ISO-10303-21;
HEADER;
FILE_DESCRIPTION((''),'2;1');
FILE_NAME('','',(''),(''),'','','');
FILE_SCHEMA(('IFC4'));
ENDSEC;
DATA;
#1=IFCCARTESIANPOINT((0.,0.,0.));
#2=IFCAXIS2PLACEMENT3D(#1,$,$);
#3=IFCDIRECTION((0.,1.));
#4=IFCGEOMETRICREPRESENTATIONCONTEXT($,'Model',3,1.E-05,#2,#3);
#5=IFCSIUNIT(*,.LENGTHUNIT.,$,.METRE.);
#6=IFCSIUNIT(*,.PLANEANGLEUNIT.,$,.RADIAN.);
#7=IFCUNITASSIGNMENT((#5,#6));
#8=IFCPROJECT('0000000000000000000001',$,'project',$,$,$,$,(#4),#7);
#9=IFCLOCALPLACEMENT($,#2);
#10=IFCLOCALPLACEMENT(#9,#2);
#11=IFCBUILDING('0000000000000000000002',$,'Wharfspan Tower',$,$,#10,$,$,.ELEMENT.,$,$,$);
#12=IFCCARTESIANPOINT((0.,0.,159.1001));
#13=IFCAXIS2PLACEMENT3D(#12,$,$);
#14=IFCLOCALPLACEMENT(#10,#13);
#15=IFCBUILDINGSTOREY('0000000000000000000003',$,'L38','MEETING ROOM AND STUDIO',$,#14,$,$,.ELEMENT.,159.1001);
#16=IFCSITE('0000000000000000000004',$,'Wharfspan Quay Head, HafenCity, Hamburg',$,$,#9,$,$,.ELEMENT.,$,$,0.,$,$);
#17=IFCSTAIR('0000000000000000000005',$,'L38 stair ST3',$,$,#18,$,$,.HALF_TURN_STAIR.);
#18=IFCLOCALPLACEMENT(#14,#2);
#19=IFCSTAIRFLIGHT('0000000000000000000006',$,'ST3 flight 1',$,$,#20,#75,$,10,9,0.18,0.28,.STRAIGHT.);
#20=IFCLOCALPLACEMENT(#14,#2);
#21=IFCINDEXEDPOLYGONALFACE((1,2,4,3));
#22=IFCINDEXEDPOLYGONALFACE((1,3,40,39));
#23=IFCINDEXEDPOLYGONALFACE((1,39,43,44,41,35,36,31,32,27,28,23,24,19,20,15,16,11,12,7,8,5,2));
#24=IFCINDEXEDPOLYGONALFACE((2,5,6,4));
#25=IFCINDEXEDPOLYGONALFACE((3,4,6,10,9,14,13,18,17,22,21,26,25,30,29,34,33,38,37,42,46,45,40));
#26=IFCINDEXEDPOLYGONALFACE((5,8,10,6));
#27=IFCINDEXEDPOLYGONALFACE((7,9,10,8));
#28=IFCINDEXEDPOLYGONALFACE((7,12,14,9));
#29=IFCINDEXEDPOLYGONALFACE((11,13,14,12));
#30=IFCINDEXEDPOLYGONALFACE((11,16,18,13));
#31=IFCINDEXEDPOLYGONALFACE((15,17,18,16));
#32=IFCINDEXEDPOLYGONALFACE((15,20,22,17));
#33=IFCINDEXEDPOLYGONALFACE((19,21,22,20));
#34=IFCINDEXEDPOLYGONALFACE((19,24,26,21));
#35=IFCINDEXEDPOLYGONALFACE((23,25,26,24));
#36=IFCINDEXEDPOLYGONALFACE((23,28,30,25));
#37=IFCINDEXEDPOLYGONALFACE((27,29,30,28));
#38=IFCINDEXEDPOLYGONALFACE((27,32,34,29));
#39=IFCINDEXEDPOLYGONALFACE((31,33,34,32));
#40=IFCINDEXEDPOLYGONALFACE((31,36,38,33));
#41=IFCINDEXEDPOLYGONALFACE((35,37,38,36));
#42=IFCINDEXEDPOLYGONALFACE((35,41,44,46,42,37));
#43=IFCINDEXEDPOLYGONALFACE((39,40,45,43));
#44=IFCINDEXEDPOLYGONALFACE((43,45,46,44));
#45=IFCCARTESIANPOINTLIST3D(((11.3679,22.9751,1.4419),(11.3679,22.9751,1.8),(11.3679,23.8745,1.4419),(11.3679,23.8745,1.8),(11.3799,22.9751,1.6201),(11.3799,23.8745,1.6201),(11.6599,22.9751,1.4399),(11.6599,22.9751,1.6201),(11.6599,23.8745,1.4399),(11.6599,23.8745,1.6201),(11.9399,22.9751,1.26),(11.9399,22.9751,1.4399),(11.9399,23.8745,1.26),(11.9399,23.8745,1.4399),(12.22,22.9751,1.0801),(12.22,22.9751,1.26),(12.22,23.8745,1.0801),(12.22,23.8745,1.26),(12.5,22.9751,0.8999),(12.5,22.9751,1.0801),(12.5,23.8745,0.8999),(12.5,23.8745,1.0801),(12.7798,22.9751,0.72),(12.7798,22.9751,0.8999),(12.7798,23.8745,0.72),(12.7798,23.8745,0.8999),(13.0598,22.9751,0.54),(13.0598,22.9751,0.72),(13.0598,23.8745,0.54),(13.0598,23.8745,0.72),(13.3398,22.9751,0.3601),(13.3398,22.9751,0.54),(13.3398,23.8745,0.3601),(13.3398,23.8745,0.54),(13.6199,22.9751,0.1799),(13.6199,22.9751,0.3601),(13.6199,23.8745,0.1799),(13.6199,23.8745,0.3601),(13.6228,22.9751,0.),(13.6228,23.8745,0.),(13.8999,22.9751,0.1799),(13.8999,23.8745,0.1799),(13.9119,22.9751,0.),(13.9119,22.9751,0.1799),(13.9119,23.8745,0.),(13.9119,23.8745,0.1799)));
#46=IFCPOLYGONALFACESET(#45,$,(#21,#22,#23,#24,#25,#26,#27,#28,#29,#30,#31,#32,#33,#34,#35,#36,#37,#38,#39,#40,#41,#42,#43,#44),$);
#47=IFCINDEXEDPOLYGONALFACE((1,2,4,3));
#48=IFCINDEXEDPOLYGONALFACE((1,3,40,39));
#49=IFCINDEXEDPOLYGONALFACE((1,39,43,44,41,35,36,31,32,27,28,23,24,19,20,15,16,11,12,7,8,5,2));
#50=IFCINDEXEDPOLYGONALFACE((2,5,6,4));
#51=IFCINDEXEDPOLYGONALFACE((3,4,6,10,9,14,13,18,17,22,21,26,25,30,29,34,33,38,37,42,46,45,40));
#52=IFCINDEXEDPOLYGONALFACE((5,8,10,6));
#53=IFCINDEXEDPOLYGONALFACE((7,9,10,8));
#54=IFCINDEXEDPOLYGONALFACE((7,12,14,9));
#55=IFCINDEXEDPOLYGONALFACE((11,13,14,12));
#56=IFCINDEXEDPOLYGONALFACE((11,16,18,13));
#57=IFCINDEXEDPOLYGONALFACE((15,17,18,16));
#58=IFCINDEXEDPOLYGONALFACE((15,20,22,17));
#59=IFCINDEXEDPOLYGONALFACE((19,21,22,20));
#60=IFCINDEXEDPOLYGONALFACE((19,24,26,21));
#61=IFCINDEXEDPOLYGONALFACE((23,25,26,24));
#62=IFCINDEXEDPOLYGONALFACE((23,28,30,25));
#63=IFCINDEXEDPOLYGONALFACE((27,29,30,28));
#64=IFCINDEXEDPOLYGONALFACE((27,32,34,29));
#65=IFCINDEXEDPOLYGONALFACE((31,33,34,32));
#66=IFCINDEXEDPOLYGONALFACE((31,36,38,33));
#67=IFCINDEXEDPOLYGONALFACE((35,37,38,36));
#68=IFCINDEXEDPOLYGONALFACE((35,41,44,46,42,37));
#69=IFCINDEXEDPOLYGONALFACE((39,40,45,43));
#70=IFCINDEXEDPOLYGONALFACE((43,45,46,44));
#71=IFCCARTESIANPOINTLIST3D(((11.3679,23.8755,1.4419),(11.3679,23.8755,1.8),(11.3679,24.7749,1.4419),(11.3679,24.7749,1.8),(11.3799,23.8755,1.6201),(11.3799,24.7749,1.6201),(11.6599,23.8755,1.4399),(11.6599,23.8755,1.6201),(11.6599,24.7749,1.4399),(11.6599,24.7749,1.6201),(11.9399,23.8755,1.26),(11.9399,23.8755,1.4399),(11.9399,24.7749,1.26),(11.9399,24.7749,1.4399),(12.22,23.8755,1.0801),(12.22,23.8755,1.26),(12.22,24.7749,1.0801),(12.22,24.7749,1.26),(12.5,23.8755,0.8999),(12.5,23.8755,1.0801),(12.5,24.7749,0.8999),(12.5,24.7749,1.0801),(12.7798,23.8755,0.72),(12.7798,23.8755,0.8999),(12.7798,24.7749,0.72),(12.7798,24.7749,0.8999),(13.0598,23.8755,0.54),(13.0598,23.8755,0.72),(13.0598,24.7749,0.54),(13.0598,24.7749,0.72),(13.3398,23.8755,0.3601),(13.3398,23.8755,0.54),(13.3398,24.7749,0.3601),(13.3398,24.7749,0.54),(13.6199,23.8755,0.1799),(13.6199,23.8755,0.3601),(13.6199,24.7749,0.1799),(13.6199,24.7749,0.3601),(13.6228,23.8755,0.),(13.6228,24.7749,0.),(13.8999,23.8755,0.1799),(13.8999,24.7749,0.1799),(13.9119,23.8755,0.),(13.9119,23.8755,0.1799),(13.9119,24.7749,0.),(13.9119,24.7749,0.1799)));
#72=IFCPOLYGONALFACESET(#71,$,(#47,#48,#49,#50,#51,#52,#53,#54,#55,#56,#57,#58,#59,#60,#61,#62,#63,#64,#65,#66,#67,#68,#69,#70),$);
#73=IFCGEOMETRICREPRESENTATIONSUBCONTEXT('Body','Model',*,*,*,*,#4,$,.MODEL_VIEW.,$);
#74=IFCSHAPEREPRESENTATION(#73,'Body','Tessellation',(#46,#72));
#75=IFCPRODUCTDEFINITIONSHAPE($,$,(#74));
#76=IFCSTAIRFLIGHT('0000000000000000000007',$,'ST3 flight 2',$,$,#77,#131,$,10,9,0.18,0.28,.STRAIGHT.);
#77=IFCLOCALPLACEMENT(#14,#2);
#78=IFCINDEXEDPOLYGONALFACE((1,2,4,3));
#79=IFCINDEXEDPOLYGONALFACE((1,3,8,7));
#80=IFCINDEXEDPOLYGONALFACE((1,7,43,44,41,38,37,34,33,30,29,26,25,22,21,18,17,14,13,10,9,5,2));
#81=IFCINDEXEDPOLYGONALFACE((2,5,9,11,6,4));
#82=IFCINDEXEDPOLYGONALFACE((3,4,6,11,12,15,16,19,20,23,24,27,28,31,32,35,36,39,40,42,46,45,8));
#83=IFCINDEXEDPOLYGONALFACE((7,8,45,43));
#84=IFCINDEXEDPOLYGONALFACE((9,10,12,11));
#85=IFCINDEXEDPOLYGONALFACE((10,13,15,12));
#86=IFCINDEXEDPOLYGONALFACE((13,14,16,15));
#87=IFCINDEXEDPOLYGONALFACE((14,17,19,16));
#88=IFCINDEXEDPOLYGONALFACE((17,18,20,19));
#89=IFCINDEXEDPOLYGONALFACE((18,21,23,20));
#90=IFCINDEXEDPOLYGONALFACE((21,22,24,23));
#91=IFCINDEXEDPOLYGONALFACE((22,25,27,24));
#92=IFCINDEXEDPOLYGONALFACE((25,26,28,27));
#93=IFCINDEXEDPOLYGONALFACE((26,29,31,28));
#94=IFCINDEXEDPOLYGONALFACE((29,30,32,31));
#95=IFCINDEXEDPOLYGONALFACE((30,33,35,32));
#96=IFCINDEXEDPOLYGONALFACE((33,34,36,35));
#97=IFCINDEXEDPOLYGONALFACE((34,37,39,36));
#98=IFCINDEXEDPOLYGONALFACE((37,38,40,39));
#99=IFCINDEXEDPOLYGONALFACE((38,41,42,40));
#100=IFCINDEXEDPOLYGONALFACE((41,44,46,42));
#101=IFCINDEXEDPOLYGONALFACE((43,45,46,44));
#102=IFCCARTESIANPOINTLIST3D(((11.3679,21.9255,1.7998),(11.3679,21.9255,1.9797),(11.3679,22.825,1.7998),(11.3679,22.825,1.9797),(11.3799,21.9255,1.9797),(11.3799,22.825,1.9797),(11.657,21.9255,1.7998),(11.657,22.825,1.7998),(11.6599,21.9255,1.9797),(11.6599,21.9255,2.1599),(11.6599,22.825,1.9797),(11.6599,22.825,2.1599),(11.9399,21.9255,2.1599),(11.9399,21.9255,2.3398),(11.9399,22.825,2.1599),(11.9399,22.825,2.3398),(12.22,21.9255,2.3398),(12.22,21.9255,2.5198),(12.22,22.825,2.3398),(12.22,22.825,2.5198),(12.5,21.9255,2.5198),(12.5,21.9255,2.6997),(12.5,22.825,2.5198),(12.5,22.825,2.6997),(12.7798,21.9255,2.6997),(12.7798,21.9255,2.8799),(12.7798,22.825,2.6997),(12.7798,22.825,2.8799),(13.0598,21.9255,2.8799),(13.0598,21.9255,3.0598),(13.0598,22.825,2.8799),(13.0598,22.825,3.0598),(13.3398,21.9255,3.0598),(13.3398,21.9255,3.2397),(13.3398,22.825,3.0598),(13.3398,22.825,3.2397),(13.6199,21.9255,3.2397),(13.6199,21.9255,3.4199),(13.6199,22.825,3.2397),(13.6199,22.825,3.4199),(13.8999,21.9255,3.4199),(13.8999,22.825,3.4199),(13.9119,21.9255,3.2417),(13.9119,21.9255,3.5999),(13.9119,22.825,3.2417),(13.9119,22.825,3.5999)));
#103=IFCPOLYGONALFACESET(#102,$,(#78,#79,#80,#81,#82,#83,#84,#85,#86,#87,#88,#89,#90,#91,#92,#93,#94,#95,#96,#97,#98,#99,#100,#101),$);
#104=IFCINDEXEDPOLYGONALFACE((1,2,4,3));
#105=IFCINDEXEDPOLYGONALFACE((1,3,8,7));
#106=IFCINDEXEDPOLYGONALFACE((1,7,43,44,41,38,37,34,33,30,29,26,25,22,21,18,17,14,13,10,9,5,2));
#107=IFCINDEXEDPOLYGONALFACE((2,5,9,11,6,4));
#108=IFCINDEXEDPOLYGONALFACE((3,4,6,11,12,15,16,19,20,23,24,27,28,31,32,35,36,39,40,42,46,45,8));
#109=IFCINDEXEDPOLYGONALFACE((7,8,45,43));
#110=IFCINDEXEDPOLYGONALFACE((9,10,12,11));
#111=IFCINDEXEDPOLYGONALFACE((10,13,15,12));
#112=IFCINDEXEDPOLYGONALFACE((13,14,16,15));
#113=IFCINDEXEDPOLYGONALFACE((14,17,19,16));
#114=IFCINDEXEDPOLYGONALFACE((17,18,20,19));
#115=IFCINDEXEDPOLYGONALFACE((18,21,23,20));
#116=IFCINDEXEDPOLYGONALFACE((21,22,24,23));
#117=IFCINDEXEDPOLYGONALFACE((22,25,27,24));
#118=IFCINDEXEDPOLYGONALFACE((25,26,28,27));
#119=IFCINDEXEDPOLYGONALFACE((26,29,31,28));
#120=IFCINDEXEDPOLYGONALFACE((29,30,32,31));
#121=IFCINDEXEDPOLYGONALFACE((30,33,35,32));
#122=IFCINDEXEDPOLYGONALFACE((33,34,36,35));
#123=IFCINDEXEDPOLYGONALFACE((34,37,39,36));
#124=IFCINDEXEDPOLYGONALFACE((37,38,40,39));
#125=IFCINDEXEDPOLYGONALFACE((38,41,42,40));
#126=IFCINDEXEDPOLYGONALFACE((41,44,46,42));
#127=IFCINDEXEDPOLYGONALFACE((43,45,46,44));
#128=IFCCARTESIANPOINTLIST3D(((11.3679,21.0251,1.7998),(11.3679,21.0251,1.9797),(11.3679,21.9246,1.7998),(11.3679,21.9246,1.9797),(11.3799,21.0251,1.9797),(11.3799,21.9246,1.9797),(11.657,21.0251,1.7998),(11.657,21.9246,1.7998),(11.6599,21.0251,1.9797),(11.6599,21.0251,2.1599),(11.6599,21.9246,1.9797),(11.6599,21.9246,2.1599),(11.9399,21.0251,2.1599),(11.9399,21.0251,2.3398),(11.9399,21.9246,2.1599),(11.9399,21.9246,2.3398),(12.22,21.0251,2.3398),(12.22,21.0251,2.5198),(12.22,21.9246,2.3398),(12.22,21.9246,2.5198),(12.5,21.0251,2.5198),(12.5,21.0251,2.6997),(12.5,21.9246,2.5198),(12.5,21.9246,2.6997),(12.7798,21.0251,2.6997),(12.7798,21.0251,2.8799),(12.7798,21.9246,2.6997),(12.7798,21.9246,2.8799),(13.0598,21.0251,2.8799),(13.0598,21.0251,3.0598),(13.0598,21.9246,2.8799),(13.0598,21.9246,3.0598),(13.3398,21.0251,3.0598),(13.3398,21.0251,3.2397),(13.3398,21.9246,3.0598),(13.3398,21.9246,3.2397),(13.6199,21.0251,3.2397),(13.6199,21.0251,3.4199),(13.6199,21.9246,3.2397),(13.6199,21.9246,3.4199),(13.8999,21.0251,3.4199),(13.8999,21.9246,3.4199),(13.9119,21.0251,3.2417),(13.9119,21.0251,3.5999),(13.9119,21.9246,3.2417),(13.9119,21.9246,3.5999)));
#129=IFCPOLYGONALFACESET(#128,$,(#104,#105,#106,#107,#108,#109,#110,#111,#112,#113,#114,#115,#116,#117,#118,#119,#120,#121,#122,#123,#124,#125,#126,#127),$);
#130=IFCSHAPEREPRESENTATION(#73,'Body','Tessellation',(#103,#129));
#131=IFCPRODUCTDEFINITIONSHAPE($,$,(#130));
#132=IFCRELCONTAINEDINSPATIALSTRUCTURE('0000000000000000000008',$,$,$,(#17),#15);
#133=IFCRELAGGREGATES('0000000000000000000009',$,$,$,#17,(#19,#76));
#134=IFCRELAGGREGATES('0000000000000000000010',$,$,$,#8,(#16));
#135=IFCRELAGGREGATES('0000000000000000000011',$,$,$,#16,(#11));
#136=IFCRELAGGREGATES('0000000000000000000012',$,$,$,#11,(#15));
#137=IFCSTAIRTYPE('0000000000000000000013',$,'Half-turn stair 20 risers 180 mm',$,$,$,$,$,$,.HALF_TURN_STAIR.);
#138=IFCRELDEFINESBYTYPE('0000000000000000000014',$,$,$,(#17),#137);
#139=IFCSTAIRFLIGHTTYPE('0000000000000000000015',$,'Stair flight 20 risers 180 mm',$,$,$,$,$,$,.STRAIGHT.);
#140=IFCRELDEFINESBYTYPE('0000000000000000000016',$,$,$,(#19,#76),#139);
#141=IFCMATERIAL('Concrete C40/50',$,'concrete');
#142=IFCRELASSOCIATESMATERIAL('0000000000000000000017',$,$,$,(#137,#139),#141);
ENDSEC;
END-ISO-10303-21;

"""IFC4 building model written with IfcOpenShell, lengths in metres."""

from ifc_helpers import new_model, si_unit, direction, frame, origin, place, context, subcontext, project, spatial, polyline, outline, extrude, material, type_object, element, aggregate, save


model = new_model("IFC4")

# Units and contexts
model_context = context("Model", 3, precision=1e-05, world=origin(), true_north=direction((0.0, 1.0)))
body_context = subcontext(model_context, "Body", "Model", "MODEL_VIEW")
ifc_project = project(units=[si_unit("LENGTHUNIT", "METRE"), si_unit("PLANEANGLEUNIT", "RADIAN")], contexts=[model_context])

# Site, building, storey
site_placement = place(None, origin())
site = spatial("IfcSite", under=ifc_project, at=site_placement, Name="Wharfspan Quay Head, HafenCity, Hamburg", CompositionType="ELEMENT", RefElevation=0.0)
building_placement = place(site_placement, origin())
building = spatial("IfcBuilding", under=site, at=building_placement, Name="Wharfspan Tower", CompositionType="ELEMENT")
storey_placement = place(building_placement, frame((0.0, 0.0, 159.1001)))
storey = spatial("IfcBuildingStorey", under=building, at=storey_placement, Name="L38", Description="MEETING ROOM AND STUDIO", CompositionType="ELEMENT", Elevation=159.1001)

# Shared definitions
ifc_material_1 = material(Name="Concrete C40/50", Category="concrete")

# Stair, stair flights
stair_type = type_object("IfcStairType", Name="Half-turn stair 20 risers 180 mm", PredefinedType="HALF_TURN_STAIR", material=ifc_material_1)
stair_placement = place(storey_placement, origin())
stair = element("IfcStair", 1, at=stair_placement, inside=storey, type_object=stair_type, Name="L38 stair ST3", PredefinedType="HALF_TURN_STAIR")
stair_flight_type = type_object("IfcStairFlightType", Name="Stair flight 20 risers 180 mm", PredefinedType="STRAIGHT", material=ifc_material_1)
stair_flight_1_placement = place(storey_placement, frame((13.8999, 23.875, 0.0), z_axis=(0.0, 0.0, 1.0), x_axis=(-1.0, 0.0, 0.0)))
stair_flight_1 = element("IfcStairFlight", 2, at=stair_flight_1_placement, type_object=stair_flight_type, Name="ST3 flight 1", NumberOfRisers=10, NumberOfTreads=9, PredefinedType="STRAIGHT", RiserHeight=0.18, TreadLength=0.28, context=body_context, shape_type="SweptSolid", body=[
    extrude(outline(polyline([(-0.012, 0.0), (-0.012, 0.1799), (0.0, 0.1799), (0.28, 0.1799), (0.28, 0.3601), (0.5601, 0.3601), (0.5601, 0.54), (0.8401, 0.54), (0.8401, 0.72), (1.1201, 0.72), (1.1201, 0.8999), (1.3999, 0.8999), (1.3999, 1.0801), (1.6799, 1.0801), (1.6799, 1.26), (1.96, 1.26), (1.96, 1.4399), (2.24, 1.4399), (2.24, 1.6201), (2.52, 1.6201), (2.532, 1.8), (2.532, 1.4419), (0.2771, 0.0), (-0.012, 0.0)])), frame((0.0, 0.8999, 0.0), z_axis=(0.0, -1.0, 0.0), x_axis=(1.0, 0.0, 0.0)), (0.0, 0.0, 1.0), 0.8994),
    extrude(outline(polyline([(-0.012, 0.0), (-0.012, 0.1799), (0.0, 0.1799), (0.28, 0.1799), (0.28, 0.3601), (0.5601, 0.3601), (0.5601, 0.54), (0.8401, 0.54), (0.8401, 0.72), (1.1201, 0.72), (1.1201, 0.8999), (1.3999, 0.8999), (1.3999, 1.0801), (1.6799, 1.0801), (1.6799, 1.26), (1.96, 1.26), (1.96, 1.4399), (2.24, 1.4399), (2.24, 1.6201), (2.52, 1.6201), (2.532, 1.8), (2.532, 1.4419), (0.2771, 0.0), (-0.012, 0.0)])), frame((0.0, -0.0005, 0.0), z_axis=(0.0, -1.0, 0.0), x_axis=(1.0, 0.0, 0.0)), (0.0, 0.0, 1.0), 0.8994),
])
stair_flight_2_placement = place(storey_placement, frame((11.3799, 21.925, 1.7998), z_axis=(0.0, 0.0, 1.0), x_axis=(1.0, 0.0, 0.0)))
stair_flight_2 = element("IfcStairFlight", 3, at=stair_flight_2_placement, type_object=stair_flight_type, Name="ST3 flight 2", NumberOfRisers=10, NumberOfTreads=9, PredefinedType="STRAIGHT", RiserHeight=0.18, TreadLength=0.28, context=body_context, shape_type="SweptSolid", body=[
    extrude(outline(polyline([(-0.012, 0.0), (-0.012, 0.1799), (0.0, 0.1799), (0.28, 0.1799), (0.28, 0.3601), (0.5601, 0.3601), (0.5601, 0.54), (0.8401, 0.54), (0.8401, 0.72), (1.1201, 0.72), (1.1201, 0.8999), (1.3999, 0.8999), (1.3999, 1.0801), (1.6799, 1.0801), (1.6799, 1.26), (1.96, 1.26), (1.96, 1.4399), (2.24, 1.4399), (2.24, 1.6201), (2.52, 1.6201), (2.532, 1.8), (2.532, 1.4419), (0.2771, 0.0), (-0.012, 0.0)])), frame((0.0, 0.8999, 0.0), z_axis=(0.0, -1.0, 0.0), x_axis=(1.0, 0.0, 0.0)), (0.0, 0.0, 1.0), 0.8994),
    extrude(outline(polyline([(-0.012, 0.0), (-0.012, 0.1799), (0.0, 0.1799), (0.28, 0.1799), (0.28, 0.3601), (0.5601, 0.3601), (0.5601, 0.54), (0.8401, 0.54), (0.8401, 0.72), (1.1201, 0.72), (1.1201, 0.8999), (1.3999, 0.8999), (1.3999, 1.0801), (1.6799, 1.0801), (1.6799, 1.26), (1.96, 1.26), (1.96, 1.4399), (2.24, 1.4399), (2.24, 1.6201), (2.52, 1.6201), (2.532, 1.8), (2.532, 1.4419), (0.2771, 0.0), (-0.012, 0.0)])), frame((0.0, -0.0005, 0.0), z_axis=(0.0, -1.0, 0.0), x_axis=(1.0, 0.0, 0.0)), (0.0, 0.0, 1.0), 0.8994),
])
aggregate(stair, [stair_flight_1, stair_flight_2])

save(model, "model.ifc")
